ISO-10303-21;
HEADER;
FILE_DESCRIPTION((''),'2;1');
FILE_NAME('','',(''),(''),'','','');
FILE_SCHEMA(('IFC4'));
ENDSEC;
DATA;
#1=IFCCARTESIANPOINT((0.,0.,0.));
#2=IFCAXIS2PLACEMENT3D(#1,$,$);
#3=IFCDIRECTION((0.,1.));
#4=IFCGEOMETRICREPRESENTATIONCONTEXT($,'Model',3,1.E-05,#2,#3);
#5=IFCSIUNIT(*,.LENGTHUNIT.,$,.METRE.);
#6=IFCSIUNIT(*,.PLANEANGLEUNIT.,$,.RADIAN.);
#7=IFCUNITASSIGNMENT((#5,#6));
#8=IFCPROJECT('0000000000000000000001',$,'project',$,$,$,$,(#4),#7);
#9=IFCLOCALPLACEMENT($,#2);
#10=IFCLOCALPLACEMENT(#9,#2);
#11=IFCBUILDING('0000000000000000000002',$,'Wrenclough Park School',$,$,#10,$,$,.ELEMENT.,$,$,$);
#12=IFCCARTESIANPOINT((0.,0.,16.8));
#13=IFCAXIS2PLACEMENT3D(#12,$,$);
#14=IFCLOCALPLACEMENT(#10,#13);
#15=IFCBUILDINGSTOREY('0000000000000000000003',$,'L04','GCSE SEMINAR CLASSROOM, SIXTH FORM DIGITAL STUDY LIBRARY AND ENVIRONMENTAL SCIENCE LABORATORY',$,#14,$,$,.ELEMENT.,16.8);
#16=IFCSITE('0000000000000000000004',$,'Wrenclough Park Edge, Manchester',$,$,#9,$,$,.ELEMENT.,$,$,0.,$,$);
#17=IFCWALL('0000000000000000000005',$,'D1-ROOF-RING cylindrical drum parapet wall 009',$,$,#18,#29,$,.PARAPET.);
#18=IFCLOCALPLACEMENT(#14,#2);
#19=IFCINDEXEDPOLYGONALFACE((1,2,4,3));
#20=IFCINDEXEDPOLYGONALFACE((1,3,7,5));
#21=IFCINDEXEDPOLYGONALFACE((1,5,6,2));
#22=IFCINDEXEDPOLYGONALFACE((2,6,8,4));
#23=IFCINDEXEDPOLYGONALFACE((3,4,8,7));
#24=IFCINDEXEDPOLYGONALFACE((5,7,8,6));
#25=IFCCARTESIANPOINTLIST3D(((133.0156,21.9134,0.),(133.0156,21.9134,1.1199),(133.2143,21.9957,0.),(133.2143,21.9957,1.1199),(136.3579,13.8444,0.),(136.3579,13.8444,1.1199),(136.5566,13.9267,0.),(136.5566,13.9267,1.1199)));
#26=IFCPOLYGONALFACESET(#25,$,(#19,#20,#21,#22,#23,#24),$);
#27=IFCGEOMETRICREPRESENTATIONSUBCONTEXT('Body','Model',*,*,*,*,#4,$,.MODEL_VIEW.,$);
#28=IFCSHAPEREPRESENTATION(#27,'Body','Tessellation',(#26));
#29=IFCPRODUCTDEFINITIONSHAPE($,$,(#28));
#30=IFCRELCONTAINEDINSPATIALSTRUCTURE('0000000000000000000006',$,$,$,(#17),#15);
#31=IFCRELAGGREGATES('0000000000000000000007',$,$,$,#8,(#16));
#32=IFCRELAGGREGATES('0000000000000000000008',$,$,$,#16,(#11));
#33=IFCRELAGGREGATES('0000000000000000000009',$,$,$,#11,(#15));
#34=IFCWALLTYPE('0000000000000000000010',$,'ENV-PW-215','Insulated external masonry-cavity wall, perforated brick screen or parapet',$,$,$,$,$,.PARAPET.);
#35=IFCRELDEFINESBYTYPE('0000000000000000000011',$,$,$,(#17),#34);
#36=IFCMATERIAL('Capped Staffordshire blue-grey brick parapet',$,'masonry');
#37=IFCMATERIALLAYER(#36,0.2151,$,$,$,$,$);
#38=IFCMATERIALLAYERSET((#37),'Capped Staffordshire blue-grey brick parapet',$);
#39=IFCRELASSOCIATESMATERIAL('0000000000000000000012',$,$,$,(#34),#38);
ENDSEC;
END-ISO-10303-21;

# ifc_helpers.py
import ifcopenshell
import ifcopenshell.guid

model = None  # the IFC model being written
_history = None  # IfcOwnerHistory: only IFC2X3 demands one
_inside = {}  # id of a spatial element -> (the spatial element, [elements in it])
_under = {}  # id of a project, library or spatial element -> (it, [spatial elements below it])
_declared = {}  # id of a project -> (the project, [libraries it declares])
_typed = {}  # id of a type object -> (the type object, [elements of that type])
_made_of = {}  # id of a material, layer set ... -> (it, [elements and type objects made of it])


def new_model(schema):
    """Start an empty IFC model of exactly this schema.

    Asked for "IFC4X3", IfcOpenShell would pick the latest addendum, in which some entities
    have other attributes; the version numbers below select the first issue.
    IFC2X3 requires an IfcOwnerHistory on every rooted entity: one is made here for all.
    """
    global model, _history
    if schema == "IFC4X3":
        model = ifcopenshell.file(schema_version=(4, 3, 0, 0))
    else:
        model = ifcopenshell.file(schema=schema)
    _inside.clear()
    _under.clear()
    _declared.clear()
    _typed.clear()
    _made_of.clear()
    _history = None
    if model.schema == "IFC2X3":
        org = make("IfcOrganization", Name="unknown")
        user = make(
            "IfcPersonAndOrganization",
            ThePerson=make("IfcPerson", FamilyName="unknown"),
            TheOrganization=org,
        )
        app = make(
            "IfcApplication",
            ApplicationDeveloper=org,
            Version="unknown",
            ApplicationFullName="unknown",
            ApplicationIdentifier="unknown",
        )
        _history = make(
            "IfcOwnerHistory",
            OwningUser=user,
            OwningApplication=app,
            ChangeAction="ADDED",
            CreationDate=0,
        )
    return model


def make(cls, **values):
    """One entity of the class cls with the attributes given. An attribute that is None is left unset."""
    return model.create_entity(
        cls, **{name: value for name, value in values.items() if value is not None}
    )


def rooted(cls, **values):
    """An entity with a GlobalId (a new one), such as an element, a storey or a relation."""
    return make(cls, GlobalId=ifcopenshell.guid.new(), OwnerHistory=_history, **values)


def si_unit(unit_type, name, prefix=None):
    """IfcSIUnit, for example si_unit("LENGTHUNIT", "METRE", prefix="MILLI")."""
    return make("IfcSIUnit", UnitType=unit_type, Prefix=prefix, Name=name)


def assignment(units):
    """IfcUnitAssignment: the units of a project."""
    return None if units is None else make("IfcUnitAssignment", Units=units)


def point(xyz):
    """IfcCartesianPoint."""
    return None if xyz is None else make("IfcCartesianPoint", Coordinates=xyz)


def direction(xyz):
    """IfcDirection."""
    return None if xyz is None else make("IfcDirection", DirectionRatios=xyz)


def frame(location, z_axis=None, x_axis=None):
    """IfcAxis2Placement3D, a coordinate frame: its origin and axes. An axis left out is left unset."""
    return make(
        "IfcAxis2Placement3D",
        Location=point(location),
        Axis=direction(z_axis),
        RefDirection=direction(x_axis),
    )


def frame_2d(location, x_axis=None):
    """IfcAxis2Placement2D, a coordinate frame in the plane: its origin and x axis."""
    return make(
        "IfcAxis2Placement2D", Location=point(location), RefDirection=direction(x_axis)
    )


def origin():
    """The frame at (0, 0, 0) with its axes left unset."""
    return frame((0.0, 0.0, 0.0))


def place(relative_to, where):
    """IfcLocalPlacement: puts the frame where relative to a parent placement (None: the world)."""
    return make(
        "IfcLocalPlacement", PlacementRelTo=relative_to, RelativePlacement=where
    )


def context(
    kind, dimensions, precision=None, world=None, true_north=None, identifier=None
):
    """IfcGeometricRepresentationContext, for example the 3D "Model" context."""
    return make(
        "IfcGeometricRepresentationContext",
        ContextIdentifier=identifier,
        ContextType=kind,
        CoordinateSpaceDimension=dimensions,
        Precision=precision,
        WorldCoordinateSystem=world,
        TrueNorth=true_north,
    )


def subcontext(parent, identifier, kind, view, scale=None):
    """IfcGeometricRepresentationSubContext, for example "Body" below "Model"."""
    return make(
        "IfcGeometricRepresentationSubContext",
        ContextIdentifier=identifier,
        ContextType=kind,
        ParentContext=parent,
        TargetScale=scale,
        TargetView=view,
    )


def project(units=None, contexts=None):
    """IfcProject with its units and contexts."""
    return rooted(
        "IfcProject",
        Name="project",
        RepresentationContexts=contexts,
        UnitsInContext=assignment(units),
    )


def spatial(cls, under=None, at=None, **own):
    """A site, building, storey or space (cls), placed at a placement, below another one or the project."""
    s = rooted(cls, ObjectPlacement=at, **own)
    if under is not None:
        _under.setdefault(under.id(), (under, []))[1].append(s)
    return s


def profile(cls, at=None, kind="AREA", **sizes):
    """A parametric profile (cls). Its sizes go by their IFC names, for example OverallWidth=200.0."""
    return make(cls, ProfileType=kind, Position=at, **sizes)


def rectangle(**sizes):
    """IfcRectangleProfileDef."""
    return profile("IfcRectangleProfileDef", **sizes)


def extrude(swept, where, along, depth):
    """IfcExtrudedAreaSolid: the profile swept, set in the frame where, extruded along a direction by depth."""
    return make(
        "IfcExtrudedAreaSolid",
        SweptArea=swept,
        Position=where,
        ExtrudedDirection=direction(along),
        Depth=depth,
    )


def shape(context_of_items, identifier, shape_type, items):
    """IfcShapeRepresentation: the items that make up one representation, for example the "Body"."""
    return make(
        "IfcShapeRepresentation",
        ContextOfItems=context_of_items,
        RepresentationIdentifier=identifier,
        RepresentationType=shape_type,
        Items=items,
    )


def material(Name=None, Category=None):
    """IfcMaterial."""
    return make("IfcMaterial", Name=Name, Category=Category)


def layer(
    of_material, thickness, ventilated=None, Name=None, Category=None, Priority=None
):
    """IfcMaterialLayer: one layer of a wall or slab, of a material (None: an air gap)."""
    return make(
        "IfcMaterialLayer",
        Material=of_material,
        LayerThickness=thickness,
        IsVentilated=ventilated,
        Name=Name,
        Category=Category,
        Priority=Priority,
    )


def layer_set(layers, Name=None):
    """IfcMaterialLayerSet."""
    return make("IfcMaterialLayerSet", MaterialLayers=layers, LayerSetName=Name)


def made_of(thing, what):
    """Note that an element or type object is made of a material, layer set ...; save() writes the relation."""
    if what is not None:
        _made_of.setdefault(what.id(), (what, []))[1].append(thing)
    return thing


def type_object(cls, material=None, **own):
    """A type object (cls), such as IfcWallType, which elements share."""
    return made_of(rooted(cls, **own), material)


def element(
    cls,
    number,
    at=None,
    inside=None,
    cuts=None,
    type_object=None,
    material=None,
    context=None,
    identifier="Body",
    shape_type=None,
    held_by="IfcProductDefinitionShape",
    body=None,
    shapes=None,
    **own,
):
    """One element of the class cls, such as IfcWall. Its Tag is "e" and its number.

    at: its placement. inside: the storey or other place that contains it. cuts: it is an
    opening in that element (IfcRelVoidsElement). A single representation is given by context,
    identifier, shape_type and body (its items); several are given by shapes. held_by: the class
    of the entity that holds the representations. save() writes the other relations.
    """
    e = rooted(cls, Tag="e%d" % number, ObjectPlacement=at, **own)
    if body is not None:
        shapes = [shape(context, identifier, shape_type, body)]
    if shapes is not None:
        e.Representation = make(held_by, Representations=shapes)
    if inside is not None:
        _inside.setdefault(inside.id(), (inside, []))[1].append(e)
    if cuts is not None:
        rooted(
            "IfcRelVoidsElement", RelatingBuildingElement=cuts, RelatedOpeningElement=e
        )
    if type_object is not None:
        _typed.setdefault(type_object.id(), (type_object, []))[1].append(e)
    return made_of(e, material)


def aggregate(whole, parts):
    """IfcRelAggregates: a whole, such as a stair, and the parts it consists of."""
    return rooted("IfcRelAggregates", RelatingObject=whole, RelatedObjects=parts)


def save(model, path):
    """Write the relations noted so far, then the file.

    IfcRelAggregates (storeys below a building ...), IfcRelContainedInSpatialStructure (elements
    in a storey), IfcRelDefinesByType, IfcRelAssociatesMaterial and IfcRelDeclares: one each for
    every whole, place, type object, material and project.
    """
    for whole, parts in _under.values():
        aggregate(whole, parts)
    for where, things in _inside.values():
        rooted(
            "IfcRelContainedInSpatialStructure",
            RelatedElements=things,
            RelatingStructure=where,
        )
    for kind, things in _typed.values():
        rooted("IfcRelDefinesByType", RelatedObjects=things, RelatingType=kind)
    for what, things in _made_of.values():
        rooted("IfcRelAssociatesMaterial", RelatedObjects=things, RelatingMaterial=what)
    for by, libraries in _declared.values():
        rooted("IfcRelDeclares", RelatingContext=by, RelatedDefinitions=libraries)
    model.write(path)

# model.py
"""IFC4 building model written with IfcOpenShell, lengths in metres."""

from ifc_helpers import new_model, si_unit, direction, frame, frame_2d, origin, place, context, subcontext, project, spatial, rectangle, extrude, material, layer, layer_set, type_object, element, save


model = new_model("IFC4")

# Units and contexts
model_context = context("Model", 3, precision=1e-05, world=origin(), true_north=direction((0.0, 1.0)))
body_context = subcontext(model_context, "Body", "Model", "MODEL_VIEW")
ifc_project = project(units=[si_unit("LENGTHUNIT", "METRE"), si_unit("PLANEANGLEUNIT", "RADIAN")], contexts=[model_context])

# Site, building, storey
site_placement = place(None, origin())
site = spatial("IfcSite", under=ifc_project, at=site_placement, Name="Wrenclough Park Edge, Manchester", CompositionType="ELEMENT", RefElevation=0.0)
building_placement = place(site_placement, origin())
building = spatial("IfcBuilding", under=site, at=building_placement, Name="Wrenclough Park School", CompositionType="ELEMENT")
storey_placement = place(building_placement, frame((0.0, 0.0, 16.8)))
storey = spatial("IfcBuildingStorey", under=building, at=storey_placement, Name="L04", Description="GCSE SEMINAR CLASSROOM, SIXTH FORM DIGITAL STUDY LIBRARY AND ENVIRONMENTAL SCIENCE LABORATORY", CompositionType="ELEMENT", Elevation=16.8)

# Wall
ifc_material_1 = material(Name="Capped Staffordshire blue-grey brick parapet", Category="masonry")
ifc_layer_1 = layer(ifc_material_1, 0.2151)
ifc_layer_set_1 = layer_set([ifc_layer_1], Name="Capped Staffordshire blue-grey brick parapet")
wall_type = type_object("IfcWallType", Name="ENV-PW-215", Description="Insulated external masonry-cavity wall, perforated brick screen or parapet", PredefinedType="PARAPET", material=ifc_layer_set_1)
wall_placement = place(storey_placement, frame((133.115, 21.9546, 0.0), z_axis=(0.0, 0.0, 1.0), x_axis=(0.382679, -0.923881, 0.0)))
element("IfcWall", 1, at=wall_placement, inside=storey, type_object=wall_type, Name="D1-ROOF-RING cylindrical drum parapet wall 009", PredefinedType="PARAPET", context=body_context, shape_type="SweptSolid", body=[
    extrude(rectangle(XDim=8.7339, YDim=0.2151, at=frame_2d((4.3669, 0.0))), origin(), (0.0, 0.0, 1.0), 1.1199),
])

save(model, "model.ifc")
